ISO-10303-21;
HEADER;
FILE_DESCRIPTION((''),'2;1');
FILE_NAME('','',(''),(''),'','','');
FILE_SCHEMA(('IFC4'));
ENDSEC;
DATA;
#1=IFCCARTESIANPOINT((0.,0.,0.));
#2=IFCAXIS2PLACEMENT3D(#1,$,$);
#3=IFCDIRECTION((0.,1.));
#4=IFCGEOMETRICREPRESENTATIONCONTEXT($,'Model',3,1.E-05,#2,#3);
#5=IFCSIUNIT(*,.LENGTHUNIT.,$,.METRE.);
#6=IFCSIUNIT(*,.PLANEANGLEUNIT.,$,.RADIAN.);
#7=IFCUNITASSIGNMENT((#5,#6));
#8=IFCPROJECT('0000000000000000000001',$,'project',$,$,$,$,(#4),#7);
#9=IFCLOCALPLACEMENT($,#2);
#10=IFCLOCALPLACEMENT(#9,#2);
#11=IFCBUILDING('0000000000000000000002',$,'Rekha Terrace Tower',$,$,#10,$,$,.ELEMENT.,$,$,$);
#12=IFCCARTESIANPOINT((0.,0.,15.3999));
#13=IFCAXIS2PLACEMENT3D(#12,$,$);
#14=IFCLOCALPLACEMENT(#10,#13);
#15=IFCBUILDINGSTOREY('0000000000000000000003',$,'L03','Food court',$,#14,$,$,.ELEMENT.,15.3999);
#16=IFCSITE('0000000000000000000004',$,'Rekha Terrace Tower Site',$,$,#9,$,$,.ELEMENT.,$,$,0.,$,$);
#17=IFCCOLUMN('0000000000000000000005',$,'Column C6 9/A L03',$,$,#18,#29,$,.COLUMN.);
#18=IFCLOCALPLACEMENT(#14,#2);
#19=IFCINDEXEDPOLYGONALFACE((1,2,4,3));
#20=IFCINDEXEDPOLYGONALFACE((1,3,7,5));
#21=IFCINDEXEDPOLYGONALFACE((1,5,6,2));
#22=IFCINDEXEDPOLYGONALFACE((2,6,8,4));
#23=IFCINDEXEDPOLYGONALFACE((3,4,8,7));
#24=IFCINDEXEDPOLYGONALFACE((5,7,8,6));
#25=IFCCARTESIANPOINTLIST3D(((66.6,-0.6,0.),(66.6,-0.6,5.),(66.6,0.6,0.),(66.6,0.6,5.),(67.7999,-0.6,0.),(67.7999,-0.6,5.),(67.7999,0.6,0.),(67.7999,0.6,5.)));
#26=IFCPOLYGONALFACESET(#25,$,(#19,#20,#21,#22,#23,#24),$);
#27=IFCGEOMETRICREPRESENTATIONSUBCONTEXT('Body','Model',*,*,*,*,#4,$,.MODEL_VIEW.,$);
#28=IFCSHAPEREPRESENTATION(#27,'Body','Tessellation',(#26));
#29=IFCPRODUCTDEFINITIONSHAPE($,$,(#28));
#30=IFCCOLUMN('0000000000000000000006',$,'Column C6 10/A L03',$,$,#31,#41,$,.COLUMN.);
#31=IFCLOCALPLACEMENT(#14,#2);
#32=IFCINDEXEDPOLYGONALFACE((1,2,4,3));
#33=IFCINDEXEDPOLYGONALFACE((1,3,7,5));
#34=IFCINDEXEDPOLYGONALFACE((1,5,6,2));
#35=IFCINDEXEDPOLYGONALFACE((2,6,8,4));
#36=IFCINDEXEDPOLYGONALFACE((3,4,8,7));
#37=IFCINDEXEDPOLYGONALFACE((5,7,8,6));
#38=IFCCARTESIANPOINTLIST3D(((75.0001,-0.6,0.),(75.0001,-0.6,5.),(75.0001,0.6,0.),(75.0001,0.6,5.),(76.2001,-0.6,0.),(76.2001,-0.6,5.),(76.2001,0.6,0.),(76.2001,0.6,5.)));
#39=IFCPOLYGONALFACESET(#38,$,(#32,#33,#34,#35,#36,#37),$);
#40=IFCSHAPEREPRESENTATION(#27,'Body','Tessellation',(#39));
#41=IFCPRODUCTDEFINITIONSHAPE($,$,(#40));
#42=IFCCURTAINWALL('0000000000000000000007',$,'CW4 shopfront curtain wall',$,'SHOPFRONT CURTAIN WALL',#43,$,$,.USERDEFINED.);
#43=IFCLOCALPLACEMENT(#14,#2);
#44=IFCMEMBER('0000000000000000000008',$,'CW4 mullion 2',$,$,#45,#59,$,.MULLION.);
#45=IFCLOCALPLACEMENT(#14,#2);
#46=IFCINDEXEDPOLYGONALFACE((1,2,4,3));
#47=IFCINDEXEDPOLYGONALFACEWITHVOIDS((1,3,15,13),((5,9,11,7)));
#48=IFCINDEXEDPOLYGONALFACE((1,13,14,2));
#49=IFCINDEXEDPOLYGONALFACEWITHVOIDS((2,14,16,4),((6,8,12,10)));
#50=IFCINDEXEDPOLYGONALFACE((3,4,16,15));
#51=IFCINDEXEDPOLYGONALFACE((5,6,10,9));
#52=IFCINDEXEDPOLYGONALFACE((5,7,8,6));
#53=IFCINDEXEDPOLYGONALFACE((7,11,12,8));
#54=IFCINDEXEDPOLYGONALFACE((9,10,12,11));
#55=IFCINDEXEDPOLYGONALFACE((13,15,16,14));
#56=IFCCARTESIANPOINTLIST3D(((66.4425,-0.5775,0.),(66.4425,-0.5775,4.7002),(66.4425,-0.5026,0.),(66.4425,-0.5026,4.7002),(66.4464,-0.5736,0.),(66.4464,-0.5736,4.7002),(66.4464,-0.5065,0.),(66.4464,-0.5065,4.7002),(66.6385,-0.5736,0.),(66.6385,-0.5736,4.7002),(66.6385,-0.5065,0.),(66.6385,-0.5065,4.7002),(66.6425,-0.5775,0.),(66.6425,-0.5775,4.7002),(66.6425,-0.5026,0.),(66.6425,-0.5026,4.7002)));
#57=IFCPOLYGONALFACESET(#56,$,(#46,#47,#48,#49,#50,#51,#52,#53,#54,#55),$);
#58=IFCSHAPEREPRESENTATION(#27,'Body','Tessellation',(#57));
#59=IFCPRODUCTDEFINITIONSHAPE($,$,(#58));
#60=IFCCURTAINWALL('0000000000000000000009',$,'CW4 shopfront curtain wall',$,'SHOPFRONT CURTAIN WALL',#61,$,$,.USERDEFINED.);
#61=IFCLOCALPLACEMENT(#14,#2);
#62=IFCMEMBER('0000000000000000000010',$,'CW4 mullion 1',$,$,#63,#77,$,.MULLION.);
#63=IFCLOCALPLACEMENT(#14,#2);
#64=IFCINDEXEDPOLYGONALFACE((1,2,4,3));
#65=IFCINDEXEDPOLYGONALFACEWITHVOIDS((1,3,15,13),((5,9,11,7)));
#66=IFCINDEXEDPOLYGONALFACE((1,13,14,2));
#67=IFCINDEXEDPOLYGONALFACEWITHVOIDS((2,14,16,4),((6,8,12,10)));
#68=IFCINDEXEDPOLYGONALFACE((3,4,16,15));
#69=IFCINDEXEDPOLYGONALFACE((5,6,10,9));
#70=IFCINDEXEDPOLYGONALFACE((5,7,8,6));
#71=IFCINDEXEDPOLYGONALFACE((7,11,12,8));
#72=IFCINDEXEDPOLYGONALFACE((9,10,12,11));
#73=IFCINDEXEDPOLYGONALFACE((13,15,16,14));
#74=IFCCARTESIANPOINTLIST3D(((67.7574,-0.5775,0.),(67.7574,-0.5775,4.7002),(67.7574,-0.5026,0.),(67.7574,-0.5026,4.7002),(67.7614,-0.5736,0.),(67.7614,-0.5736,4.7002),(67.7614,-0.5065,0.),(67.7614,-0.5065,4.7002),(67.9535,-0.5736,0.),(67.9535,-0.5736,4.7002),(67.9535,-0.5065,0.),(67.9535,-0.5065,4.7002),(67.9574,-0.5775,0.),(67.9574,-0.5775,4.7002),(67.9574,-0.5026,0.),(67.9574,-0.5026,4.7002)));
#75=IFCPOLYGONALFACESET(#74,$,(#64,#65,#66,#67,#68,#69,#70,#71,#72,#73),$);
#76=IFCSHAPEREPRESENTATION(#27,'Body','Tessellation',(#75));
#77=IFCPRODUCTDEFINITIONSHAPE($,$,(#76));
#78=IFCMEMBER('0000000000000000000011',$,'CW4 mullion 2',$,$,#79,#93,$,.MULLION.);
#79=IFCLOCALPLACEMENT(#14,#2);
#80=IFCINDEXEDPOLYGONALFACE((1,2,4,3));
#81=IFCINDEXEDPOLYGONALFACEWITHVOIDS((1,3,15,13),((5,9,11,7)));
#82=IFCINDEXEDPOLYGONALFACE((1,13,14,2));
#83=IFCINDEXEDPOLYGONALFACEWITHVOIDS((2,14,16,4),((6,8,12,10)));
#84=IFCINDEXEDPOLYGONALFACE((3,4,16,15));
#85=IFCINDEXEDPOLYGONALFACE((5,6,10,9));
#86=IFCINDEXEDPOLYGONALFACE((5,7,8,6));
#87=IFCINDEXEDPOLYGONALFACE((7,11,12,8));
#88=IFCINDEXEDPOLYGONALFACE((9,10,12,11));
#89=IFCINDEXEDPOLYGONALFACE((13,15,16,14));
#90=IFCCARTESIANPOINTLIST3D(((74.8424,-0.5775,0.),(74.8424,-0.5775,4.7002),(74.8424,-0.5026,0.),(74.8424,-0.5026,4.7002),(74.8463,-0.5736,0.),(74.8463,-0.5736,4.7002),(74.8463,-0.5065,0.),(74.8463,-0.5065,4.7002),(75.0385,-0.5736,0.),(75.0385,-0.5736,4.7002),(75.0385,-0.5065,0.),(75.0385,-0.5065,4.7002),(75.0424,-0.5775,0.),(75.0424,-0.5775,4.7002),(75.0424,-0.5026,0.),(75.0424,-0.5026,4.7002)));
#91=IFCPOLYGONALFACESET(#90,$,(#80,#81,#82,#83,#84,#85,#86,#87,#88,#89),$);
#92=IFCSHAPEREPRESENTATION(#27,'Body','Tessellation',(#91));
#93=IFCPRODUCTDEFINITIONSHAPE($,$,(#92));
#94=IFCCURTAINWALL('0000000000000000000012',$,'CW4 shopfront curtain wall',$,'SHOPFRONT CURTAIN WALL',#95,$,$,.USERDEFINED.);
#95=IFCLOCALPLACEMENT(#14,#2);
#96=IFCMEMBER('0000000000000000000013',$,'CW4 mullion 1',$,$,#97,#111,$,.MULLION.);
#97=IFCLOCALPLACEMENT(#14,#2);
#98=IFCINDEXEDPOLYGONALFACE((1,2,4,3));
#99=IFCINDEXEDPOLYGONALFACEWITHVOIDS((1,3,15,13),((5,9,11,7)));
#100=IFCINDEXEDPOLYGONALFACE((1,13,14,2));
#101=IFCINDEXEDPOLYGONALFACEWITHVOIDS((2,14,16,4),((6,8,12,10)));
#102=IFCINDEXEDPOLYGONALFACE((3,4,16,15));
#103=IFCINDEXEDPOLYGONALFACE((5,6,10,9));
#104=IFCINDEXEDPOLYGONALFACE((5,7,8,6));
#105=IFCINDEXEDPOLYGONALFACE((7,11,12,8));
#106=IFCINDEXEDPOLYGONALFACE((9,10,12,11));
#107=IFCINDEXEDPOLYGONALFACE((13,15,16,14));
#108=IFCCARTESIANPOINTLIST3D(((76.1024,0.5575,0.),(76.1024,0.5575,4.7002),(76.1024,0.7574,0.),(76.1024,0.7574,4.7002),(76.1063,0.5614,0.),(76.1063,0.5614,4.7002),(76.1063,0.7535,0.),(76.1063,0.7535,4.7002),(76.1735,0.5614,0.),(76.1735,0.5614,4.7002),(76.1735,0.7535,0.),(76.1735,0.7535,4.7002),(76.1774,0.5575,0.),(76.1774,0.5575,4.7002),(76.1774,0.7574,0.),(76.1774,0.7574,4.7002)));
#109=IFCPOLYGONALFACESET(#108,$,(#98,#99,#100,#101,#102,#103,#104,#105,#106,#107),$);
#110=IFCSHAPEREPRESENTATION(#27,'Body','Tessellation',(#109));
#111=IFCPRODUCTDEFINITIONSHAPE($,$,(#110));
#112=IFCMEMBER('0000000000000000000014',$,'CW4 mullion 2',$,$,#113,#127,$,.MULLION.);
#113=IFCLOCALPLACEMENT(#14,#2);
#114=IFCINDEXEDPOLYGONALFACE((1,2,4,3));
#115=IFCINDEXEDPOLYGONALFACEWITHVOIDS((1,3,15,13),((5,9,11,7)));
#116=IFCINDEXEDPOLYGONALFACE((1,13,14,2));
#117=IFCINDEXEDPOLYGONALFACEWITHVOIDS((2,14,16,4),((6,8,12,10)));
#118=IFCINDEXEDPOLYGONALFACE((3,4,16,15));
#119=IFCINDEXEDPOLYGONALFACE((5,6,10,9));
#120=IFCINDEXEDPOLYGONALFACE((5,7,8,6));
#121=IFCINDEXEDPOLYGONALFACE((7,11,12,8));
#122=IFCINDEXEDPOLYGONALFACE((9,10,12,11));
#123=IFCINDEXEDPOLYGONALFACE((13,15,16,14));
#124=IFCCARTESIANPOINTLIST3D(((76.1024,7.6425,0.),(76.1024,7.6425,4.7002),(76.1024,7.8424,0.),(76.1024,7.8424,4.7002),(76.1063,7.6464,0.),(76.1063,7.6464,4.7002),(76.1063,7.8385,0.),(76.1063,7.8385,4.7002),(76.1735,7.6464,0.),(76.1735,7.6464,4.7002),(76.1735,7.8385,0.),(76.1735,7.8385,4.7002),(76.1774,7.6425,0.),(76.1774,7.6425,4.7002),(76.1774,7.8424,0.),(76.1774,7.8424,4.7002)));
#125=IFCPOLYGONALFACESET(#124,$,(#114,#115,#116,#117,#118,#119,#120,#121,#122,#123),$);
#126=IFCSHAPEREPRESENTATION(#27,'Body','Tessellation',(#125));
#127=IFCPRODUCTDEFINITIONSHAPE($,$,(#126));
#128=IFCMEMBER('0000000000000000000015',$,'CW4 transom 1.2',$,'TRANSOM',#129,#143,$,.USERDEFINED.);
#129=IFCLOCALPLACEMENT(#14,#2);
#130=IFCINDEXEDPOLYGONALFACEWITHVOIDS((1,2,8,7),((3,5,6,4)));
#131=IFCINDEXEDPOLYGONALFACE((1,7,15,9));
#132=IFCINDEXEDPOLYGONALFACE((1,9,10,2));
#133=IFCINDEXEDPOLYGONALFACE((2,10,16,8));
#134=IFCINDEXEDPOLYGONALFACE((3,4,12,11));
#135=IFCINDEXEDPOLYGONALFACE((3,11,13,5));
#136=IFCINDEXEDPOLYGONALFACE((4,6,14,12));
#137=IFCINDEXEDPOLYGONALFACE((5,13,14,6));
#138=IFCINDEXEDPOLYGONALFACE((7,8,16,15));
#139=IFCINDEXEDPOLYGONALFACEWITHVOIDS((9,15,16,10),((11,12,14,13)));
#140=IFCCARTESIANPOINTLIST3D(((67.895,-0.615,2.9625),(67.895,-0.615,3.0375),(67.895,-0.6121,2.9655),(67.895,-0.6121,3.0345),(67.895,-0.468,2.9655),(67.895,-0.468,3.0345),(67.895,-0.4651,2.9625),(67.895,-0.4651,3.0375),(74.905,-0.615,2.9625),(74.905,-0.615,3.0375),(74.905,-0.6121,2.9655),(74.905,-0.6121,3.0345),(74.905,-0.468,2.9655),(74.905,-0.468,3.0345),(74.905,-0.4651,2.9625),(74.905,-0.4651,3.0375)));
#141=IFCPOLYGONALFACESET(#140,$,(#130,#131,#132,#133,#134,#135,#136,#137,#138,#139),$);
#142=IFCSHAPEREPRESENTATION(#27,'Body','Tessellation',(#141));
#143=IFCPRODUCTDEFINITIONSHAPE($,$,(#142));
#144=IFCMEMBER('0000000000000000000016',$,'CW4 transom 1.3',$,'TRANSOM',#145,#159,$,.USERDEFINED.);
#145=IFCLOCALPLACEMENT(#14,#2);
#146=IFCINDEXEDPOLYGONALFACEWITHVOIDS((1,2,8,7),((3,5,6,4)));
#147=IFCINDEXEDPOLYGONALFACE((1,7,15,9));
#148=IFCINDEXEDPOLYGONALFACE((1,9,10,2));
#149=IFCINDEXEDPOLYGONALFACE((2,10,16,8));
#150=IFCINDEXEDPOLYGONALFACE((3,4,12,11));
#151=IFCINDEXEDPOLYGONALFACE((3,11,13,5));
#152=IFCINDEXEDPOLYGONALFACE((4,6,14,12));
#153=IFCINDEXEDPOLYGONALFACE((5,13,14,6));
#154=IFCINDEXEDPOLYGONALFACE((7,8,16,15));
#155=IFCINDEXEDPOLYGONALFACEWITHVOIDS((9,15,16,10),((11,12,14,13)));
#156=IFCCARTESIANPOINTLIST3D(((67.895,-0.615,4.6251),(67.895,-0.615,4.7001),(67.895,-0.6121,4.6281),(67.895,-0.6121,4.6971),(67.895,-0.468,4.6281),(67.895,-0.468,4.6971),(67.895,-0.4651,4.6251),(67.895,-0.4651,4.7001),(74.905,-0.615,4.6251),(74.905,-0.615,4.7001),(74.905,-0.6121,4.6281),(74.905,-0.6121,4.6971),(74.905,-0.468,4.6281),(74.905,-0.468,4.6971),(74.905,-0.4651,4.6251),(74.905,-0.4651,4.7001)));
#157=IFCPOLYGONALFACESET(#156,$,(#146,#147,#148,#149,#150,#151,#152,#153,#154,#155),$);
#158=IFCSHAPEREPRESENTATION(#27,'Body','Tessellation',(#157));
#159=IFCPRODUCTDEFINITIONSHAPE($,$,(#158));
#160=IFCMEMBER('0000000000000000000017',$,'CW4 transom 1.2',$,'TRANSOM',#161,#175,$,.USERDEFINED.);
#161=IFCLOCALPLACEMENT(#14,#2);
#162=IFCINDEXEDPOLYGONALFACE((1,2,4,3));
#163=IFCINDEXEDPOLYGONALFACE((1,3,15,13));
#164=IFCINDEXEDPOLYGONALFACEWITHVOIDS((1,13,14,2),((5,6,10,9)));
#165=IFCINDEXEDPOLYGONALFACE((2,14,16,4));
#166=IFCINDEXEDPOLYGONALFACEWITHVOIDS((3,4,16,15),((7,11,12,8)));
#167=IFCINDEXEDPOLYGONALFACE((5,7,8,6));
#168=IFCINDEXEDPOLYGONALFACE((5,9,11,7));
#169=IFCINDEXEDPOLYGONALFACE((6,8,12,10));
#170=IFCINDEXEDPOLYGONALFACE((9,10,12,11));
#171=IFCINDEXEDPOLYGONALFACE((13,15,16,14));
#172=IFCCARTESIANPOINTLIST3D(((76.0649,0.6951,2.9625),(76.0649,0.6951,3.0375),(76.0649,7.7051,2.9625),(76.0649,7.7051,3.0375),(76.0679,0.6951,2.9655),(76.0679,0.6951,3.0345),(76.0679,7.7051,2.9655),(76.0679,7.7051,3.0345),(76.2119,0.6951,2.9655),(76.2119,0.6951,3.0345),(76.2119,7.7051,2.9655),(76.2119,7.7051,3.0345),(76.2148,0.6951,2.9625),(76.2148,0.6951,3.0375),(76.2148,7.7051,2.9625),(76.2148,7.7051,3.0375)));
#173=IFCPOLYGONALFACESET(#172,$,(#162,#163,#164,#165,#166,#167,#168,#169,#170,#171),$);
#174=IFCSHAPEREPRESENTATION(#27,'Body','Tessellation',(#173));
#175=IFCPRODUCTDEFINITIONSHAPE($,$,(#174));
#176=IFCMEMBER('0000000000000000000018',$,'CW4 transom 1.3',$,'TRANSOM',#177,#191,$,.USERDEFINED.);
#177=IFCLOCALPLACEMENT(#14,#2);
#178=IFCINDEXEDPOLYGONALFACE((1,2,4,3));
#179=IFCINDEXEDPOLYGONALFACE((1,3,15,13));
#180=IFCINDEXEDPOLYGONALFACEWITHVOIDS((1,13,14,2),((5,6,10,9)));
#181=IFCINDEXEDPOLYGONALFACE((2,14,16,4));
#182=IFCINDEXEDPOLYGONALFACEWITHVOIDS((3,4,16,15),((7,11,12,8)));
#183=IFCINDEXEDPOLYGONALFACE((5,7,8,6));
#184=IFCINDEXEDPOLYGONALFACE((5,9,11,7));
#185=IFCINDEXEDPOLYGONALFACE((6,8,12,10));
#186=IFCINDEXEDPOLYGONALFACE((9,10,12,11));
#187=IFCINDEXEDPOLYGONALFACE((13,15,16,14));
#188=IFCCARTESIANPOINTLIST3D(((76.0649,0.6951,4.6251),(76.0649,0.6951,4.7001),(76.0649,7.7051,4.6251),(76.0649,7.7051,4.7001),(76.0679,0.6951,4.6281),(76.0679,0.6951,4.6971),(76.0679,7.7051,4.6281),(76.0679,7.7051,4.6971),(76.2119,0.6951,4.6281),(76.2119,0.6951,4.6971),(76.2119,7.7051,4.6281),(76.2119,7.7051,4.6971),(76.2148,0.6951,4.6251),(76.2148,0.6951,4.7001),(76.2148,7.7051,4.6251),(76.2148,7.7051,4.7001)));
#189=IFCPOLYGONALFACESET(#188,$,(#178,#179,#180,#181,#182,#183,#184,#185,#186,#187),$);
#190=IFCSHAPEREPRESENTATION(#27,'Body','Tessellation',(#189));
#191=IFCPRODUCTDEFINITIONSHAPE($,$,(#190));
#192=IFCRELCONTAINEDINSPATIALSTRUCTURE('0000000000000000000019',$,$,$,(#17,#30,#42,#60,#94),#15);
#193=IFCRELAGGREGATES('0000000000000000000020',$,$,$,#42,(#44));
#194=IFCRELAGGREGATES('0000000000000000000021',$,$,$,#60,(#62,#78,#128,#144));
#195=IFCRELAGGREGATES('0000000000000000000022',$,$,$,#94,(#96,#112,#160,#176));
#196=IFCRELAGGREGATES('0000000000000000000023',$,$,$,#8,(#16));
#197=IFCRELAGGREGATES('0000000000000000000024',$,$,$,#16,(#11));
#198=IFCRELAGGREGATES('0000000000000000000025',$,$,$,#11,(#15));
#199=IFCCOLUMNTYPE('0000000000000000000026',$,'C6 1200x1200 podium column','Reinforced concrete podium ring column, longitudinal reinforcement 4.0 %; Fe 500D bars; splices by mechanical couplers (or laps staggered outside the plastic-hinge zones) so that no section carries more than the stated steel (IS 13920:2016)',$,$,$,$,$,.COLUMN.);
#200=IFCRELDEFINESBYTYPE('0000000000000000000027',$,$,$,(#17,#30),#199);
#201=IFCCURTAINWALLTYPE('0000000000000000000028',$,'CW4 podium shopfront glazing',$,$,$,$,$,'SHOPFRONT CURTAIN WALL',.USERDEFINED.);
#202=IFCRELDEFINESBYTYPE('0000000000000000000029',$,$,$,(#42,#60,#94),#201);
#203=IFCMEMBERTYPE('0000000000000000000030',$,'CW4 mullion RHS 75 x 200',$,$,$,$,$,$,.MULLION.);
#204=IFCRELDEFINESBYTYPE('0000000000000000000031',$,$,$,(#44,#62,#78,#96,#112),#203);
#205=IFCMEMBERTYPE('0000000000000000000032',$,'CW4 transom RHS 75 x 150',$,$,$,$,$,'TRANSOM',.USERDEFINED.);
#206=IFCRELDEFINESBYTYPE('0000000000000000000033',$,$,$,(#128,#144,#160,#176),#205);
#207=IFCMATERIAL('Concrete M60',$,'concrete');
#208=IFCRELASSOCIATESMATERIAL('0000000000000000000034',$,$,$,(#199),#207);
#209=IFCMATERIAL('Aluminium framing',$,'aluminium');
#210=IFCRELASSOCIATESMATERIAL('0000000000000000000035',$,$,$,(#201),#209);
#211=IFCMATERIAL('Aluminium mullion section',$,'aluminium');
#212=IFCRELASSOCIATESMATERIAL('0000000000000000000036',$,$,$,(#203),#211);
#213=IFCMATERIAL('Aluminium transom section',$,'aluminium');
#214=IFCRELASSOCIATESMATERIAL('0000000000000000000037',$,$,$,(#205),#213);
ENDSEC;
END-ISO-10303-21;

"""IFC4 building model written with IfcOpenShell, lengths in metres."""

from ifc_helpers import new_model, si_unit, direction, frame, origin, origin_2d, place, context, subcontext, project, spatial, rectangle, hollow_rectangle, extrude, material, material_profile, profile_set, type_object, element, aggregate, save


model = new_model("IFC4")

# Units and contexts
model_context = context("Model", 3, precision=1e-05, world=origin(), true_north=direction((0.0, 1.0)))
body_context = subcontext(model_context, "Body", "Model", "MODEL_VIEW")
ifc_project = project(units=[si_unit("LENGTHUNIT", "METRE"), si_unit("PLANEANGLEUNIT", "RADIAN")], contexts=[model_context])

# Site, building, storey
site_placement = place(None, origin())
site = spatial("IfcSite", under=ifc_project, at=site_placement, Name="Rekha Terrace Tower Site", CompositionType="ELEMENT", RefElevation=0.0)
building_placement = place(site_placement, origin())
building = spatial("IfcBuilding", under=site, at=building_placement, Name="Rekha Terrace Tower", CompositionType="ELEMENT")
storey_placement = place(building_placement, frame((0.0, 0.0, 15.3999)))
storey = spatial("IfcBuildingStorey", under=building, at=storey_placement, Name="L03", Description="Food court", CompositionType="ELEMENT", Elevation=15.3999)

# Columns
ifc_material_1 = material(Name="Concrete M60", Category="concrete")
ifc_material_profile_1 = material_profile(ifc_material_1, rectangle(XDim=1.2, YDim=1.2, at=origin_2d()), Name="RC 1200x1200")
ifc_profile_set_1 = profile_set([ifc_material_profile_1], Name="Concrete M60")
column_type = type_object("IfcColumnType", Name="C6 1200x1200 podium column", Description="Reinforced concrete podium ring column, longitudinal reinforcement 4.0 %; Fe 500D bars; splices by mechanical couplers (or laps staggered outside the plastic-hinge zones) so that no section carries more than the stated steel (IS 13920:2016)", PredefinedType="COLUMN", material=ifc_profile_set_1)
for number, where, z_axis, x_axis, name in (
    (1, (67.2, 0.0, 0.0), (0.0, 0.0, 1.0), (1.0, 0.0, 0.0), "Column C6 9/A L03"),
    (2, (75.6001, 0.0, 0.0), (0.0, 0.0, 1.0), (1.0, 0.0, 0.0), "Column C6 10/A L03"),
):
    element("IfcColumn", number, at=place(storey_placement, frame(where, z_axis=z_axis, x_axis=x_axis)), inside=storey, type_object=column_type, Name=name, PredefinedType="COLUMN", context=body_context, shape_type="SweptSolid", body=[
        extrude(rectangle(XDim=1.2, YDim=1.2, at=origin_2d()), origin(), (0.0, 0.0, 1.0), 5.0),
    ])

# Curtain wall, member
ifc_material_2 = material(Name="Aluminium framing", Category="aluminium")
curtain_wall_type = type_object("IfcCurtainWallType", Name="CW4 podium shopfront glazing", ElementType="SHOPFRONT CURTAIN WALL", PredefinedType="USERDEFINED", material=ifc_material_2)
curtain_wall_1_placement = place(storey_placement, origin())
curtain_wall_1 = element("IfcCurtainWall", 3, at=curtain_wall_1_placement, inside=storey, type_object=curtain_wall_type, Name="CW4 shopfront curtain wall", ObjectType="SHOPFRONT CURTAIN WALL", PredefinedType="USERDEFINED")
ifc_material_3 = material(Name="Aluminium mullion section", Category="aluminium")
ifc_material_profile_2 = material_profile(ifc_material_3, hollow_rectangle(XDim=0.075, YDim=0.2, WallThickness=0.0039, at=origin_2d()), Name="AL RHS 75x200")
ifc_profile_set_2 = profile_set([ifc_material_profile_2], Name="Aluminium mullion section")
member_type_1 = type_object("IfcMemberType", Name="CW4 mullion RHS 75 x 200", PredefinedType="MULLION", material=ifc_profile_set_2)
member_1_placement = place(storey_placement, frame((66.5425, -0.54, 0.0), z_axis=(0.0, 0.0, 1.0), x_axis=(0.0, 1.0, 0.0)))
member_1 = element("IfcMember", 4, at=member_1_placement, type_object=member_type_1, Name="CW4 mullion 2", PredefinedType="MULLION", context=body_context, shape_type="SweptSolid", body=[
    extrude(hollow_rectangle(XDim=0.075, YDim=0.2, WallThickness=0.0039, at=origin_2d()), origin(), (0.0, 0.0, 1.0), 4.7002),
])

# Curtain walls, members
curtain_wall_2_placement = place(storey_placement, origin())
curtain_wall_2 = element("IfcCurtainWall", 5, at=curtain_wall_2_placement, inside=storey, type_object=curtain_wall_type, Name="CW4 shopfront curtain wall", ObjectType="SHOPFRONT CURTAIN WALL", PredefinedType="USERDEFINED")
member_2_placement = place(storey_placement, frame((67.8574, -0.54, 0.0), z_axis=(0.0, 0.0, 1.0), x_axis=(0.0, 1.0, 0.0)))
member_2 = element("IfcMember", 6, at=member_2_placement, type_object=member_type_1, Name="CW4 mullion 1", PredefinedType="MULLION", context=body_context, shape_type="SweptSolid", body=[
    extrude(hollow_rectangle(XDim=0.075, YDim=0.2, WallThickness=0.0039, at=origin_2d()), origin(), (0.0, 0.0, 1.0), 4.7002),
])
member_3_placement = place(storey_placement, frame((74.9424, -0.54, 0.0), z_axis=(0.0, 0.0, 1.0), x_axis=(0.0, 1.0, 0.0)))
member_3 = element("IfcMember", 7, at=member_3_placement, type_object=member_type_1, Name="CW4 mullion 2", PredefinedType="MULLION", context=body_context, shape_type="SweptSolid", body=[
    extrude(hollow_rectangle(XDim=0.075, YDim=0.2, WallThickness=0.0039, at=origin_2d()), origin(), (0.0, 0.0, 1.0), 4.7002),
])
curtain_wall_3_placement = place(storey_placement, origin())
curtain_wall_3 = element("IfcCurtainWall", 8, at=curtain_wall_3_placement, inside=storey, type_object=curtain_wall_type, Name="CW4 shopfront curtain wall", ObjectType="SHOPFRONT CURTAIN WALL", PredefinedType="USERDEFINED")
member_4_placement = place(storey_placement, frame((76.1399, 0.6575, 0.0), z_axis=(0.0, 0.0, 1.0), x_axis=(-1.0, 0.0, 0.0)))
member_4 = element("IfcMember", 9, at=member_4_placement, type_object=member_type_1, Name="CW4 mullion 1", PredefinedType="MULLION", context=body_context, shape_type="SweptSolid", body=[
    extrude(hollow_rectangle(XDim=0.075, YDim=0.2, WallThickness=0.0039, at=origin_2d()), origin(), (0.0, 0.0, 1.0), 4.7002),
])
member_5_placement = place(storey_placement, frame((76.1399, 7.7424, 0.0), z_axis=(0.0, 0.0, 1.0), x_axis=(-1.0, 0.0, 0.0)))
member_5 = element("IfcMember", 10, at=member_5_placement, type_object=member_type_1, Name="CW4 mullion 2", PredefinedType="MULLION", context=body_context, shape_type="SweptSolid", body=[
    extrude(hollow_rectangle(XDim=0.075, YDim=0.2, WallThickness=0.0039, at=origin_2d()), origin(), (0.0, 0.0, 1.0), 4.7002),
])

# Members
ifc_material_4 = material(Name="Aluminium transom section", Category="aluminium")
ifc_material_profile_3 = material_profile(ifc_material_4, hollow_rectangle(XDim=0.1499, YDim=0.075, WallThickness=0.0029, at=origin_2d()), Name="AL RHS 150x75")
ifc_profile_set_3 = profile_set([ifc_material_profile_3], Name="Aluminium transom section")
member_type_2 = type_object("IfcMemberType", Name="CW4 transom RHS 75 x 150", ElementType="TRANSOM", PredefinedType="USERDEFINED", material=ifc_profile_set_3)
member_6_placement = place(storey_placement, frame((67.895, -0.54, 3.0), z_axis=(1.0, 0.0, 0.0), x_axis=(0.0, 1.0, 0.0)))
member_6 = element("IfcMember", 11, at=member_6_placement, type_object=member_type_2, Name="CW4 transom 1.2", ObjectType="TRANSOM", PredefinedType="USERDEFINED", context=body_context, shape_type="SweptSolid", body=[
    extrude(hollow_rectangle(XDim=0.1499, YDim=0.075, WallThickness=0.0029, at=origin_2d()), origin(), (0.0, 0.0, 1.0), 7.01),
])
member_7_placement = place(storey_placement, frame((67.895, -0.54, 4.6626), z_axis=(1.0, 0.0, 0.0), x_axis=(0.0, 1.0, 0.0)))
member_7 = element("IfcMember", 12, at=member_7_placement, type_object=member_type_2, Name="CW4 transom 1.3", ObjectType="TRANSOM", PredefinedType="USERDEFINED", context=body_context, shape_type="SweptSolid", body=[
    extrude(hollow_rectangle(XDim=0.1499, YDim=0.075, WallThickness=0.0029, at=origin_2d()), origin(), (0.0, 0.0, 1.0), 7.01),
])
member_8_placement = place(storey_placement, frame((76.1399, 0.6951, 3.0), z_axis=(0.0, 1.0, 0.0), x_axis=(-1.0, 0.0, 0.0)))
member_8 = element("IfcMember", 13, at=member_8_placement, type_object=member_type_2, Name="CW4 transom 1.2", ObjectType="TRANSOM", PredefinedType="USERDEFINED", context=body_context, shape_type="SweptSolid", body=[
    extrude(hollow_rectangle(XDim=0.1499, YDim=0.075, WallThickness=0.0029, at=origin_2d()), origin(), (0.0, 0.0, 1.0), 7.01),
])
member_9_placement = place(storey_placement, frame((76.1399, 0.6951, 4.6626), z_axis=(0.0, 1.0, 0.0), x_axis=(-1.0, 0.0, 0.0)))
member_9 = element("IfcMember", 14, at=member_9_placement, type_object=member_type_2, Name="CW4 transom 1.3", ObjectType="TRANSOM", PredefinedType="USERDEFINED", context=body_context, shape_type="SweptSolid", body=[
    extrude(hollow_rectangle(XDim=0.1499, YDim=0.075, WallThickness=0.0029, at=origin_2d()), origin(), (0.0, 0.0, 1.0), 7.01),
])

aggregate(curtain_wall_1, [member_1])
aggregate(curtain_wall_2, [member_2, member_3, member_6, member_7])
aggregate(curtain_wall_3, [member_4, member_5, member_8, member_9])

save(model, "model.ifc")
